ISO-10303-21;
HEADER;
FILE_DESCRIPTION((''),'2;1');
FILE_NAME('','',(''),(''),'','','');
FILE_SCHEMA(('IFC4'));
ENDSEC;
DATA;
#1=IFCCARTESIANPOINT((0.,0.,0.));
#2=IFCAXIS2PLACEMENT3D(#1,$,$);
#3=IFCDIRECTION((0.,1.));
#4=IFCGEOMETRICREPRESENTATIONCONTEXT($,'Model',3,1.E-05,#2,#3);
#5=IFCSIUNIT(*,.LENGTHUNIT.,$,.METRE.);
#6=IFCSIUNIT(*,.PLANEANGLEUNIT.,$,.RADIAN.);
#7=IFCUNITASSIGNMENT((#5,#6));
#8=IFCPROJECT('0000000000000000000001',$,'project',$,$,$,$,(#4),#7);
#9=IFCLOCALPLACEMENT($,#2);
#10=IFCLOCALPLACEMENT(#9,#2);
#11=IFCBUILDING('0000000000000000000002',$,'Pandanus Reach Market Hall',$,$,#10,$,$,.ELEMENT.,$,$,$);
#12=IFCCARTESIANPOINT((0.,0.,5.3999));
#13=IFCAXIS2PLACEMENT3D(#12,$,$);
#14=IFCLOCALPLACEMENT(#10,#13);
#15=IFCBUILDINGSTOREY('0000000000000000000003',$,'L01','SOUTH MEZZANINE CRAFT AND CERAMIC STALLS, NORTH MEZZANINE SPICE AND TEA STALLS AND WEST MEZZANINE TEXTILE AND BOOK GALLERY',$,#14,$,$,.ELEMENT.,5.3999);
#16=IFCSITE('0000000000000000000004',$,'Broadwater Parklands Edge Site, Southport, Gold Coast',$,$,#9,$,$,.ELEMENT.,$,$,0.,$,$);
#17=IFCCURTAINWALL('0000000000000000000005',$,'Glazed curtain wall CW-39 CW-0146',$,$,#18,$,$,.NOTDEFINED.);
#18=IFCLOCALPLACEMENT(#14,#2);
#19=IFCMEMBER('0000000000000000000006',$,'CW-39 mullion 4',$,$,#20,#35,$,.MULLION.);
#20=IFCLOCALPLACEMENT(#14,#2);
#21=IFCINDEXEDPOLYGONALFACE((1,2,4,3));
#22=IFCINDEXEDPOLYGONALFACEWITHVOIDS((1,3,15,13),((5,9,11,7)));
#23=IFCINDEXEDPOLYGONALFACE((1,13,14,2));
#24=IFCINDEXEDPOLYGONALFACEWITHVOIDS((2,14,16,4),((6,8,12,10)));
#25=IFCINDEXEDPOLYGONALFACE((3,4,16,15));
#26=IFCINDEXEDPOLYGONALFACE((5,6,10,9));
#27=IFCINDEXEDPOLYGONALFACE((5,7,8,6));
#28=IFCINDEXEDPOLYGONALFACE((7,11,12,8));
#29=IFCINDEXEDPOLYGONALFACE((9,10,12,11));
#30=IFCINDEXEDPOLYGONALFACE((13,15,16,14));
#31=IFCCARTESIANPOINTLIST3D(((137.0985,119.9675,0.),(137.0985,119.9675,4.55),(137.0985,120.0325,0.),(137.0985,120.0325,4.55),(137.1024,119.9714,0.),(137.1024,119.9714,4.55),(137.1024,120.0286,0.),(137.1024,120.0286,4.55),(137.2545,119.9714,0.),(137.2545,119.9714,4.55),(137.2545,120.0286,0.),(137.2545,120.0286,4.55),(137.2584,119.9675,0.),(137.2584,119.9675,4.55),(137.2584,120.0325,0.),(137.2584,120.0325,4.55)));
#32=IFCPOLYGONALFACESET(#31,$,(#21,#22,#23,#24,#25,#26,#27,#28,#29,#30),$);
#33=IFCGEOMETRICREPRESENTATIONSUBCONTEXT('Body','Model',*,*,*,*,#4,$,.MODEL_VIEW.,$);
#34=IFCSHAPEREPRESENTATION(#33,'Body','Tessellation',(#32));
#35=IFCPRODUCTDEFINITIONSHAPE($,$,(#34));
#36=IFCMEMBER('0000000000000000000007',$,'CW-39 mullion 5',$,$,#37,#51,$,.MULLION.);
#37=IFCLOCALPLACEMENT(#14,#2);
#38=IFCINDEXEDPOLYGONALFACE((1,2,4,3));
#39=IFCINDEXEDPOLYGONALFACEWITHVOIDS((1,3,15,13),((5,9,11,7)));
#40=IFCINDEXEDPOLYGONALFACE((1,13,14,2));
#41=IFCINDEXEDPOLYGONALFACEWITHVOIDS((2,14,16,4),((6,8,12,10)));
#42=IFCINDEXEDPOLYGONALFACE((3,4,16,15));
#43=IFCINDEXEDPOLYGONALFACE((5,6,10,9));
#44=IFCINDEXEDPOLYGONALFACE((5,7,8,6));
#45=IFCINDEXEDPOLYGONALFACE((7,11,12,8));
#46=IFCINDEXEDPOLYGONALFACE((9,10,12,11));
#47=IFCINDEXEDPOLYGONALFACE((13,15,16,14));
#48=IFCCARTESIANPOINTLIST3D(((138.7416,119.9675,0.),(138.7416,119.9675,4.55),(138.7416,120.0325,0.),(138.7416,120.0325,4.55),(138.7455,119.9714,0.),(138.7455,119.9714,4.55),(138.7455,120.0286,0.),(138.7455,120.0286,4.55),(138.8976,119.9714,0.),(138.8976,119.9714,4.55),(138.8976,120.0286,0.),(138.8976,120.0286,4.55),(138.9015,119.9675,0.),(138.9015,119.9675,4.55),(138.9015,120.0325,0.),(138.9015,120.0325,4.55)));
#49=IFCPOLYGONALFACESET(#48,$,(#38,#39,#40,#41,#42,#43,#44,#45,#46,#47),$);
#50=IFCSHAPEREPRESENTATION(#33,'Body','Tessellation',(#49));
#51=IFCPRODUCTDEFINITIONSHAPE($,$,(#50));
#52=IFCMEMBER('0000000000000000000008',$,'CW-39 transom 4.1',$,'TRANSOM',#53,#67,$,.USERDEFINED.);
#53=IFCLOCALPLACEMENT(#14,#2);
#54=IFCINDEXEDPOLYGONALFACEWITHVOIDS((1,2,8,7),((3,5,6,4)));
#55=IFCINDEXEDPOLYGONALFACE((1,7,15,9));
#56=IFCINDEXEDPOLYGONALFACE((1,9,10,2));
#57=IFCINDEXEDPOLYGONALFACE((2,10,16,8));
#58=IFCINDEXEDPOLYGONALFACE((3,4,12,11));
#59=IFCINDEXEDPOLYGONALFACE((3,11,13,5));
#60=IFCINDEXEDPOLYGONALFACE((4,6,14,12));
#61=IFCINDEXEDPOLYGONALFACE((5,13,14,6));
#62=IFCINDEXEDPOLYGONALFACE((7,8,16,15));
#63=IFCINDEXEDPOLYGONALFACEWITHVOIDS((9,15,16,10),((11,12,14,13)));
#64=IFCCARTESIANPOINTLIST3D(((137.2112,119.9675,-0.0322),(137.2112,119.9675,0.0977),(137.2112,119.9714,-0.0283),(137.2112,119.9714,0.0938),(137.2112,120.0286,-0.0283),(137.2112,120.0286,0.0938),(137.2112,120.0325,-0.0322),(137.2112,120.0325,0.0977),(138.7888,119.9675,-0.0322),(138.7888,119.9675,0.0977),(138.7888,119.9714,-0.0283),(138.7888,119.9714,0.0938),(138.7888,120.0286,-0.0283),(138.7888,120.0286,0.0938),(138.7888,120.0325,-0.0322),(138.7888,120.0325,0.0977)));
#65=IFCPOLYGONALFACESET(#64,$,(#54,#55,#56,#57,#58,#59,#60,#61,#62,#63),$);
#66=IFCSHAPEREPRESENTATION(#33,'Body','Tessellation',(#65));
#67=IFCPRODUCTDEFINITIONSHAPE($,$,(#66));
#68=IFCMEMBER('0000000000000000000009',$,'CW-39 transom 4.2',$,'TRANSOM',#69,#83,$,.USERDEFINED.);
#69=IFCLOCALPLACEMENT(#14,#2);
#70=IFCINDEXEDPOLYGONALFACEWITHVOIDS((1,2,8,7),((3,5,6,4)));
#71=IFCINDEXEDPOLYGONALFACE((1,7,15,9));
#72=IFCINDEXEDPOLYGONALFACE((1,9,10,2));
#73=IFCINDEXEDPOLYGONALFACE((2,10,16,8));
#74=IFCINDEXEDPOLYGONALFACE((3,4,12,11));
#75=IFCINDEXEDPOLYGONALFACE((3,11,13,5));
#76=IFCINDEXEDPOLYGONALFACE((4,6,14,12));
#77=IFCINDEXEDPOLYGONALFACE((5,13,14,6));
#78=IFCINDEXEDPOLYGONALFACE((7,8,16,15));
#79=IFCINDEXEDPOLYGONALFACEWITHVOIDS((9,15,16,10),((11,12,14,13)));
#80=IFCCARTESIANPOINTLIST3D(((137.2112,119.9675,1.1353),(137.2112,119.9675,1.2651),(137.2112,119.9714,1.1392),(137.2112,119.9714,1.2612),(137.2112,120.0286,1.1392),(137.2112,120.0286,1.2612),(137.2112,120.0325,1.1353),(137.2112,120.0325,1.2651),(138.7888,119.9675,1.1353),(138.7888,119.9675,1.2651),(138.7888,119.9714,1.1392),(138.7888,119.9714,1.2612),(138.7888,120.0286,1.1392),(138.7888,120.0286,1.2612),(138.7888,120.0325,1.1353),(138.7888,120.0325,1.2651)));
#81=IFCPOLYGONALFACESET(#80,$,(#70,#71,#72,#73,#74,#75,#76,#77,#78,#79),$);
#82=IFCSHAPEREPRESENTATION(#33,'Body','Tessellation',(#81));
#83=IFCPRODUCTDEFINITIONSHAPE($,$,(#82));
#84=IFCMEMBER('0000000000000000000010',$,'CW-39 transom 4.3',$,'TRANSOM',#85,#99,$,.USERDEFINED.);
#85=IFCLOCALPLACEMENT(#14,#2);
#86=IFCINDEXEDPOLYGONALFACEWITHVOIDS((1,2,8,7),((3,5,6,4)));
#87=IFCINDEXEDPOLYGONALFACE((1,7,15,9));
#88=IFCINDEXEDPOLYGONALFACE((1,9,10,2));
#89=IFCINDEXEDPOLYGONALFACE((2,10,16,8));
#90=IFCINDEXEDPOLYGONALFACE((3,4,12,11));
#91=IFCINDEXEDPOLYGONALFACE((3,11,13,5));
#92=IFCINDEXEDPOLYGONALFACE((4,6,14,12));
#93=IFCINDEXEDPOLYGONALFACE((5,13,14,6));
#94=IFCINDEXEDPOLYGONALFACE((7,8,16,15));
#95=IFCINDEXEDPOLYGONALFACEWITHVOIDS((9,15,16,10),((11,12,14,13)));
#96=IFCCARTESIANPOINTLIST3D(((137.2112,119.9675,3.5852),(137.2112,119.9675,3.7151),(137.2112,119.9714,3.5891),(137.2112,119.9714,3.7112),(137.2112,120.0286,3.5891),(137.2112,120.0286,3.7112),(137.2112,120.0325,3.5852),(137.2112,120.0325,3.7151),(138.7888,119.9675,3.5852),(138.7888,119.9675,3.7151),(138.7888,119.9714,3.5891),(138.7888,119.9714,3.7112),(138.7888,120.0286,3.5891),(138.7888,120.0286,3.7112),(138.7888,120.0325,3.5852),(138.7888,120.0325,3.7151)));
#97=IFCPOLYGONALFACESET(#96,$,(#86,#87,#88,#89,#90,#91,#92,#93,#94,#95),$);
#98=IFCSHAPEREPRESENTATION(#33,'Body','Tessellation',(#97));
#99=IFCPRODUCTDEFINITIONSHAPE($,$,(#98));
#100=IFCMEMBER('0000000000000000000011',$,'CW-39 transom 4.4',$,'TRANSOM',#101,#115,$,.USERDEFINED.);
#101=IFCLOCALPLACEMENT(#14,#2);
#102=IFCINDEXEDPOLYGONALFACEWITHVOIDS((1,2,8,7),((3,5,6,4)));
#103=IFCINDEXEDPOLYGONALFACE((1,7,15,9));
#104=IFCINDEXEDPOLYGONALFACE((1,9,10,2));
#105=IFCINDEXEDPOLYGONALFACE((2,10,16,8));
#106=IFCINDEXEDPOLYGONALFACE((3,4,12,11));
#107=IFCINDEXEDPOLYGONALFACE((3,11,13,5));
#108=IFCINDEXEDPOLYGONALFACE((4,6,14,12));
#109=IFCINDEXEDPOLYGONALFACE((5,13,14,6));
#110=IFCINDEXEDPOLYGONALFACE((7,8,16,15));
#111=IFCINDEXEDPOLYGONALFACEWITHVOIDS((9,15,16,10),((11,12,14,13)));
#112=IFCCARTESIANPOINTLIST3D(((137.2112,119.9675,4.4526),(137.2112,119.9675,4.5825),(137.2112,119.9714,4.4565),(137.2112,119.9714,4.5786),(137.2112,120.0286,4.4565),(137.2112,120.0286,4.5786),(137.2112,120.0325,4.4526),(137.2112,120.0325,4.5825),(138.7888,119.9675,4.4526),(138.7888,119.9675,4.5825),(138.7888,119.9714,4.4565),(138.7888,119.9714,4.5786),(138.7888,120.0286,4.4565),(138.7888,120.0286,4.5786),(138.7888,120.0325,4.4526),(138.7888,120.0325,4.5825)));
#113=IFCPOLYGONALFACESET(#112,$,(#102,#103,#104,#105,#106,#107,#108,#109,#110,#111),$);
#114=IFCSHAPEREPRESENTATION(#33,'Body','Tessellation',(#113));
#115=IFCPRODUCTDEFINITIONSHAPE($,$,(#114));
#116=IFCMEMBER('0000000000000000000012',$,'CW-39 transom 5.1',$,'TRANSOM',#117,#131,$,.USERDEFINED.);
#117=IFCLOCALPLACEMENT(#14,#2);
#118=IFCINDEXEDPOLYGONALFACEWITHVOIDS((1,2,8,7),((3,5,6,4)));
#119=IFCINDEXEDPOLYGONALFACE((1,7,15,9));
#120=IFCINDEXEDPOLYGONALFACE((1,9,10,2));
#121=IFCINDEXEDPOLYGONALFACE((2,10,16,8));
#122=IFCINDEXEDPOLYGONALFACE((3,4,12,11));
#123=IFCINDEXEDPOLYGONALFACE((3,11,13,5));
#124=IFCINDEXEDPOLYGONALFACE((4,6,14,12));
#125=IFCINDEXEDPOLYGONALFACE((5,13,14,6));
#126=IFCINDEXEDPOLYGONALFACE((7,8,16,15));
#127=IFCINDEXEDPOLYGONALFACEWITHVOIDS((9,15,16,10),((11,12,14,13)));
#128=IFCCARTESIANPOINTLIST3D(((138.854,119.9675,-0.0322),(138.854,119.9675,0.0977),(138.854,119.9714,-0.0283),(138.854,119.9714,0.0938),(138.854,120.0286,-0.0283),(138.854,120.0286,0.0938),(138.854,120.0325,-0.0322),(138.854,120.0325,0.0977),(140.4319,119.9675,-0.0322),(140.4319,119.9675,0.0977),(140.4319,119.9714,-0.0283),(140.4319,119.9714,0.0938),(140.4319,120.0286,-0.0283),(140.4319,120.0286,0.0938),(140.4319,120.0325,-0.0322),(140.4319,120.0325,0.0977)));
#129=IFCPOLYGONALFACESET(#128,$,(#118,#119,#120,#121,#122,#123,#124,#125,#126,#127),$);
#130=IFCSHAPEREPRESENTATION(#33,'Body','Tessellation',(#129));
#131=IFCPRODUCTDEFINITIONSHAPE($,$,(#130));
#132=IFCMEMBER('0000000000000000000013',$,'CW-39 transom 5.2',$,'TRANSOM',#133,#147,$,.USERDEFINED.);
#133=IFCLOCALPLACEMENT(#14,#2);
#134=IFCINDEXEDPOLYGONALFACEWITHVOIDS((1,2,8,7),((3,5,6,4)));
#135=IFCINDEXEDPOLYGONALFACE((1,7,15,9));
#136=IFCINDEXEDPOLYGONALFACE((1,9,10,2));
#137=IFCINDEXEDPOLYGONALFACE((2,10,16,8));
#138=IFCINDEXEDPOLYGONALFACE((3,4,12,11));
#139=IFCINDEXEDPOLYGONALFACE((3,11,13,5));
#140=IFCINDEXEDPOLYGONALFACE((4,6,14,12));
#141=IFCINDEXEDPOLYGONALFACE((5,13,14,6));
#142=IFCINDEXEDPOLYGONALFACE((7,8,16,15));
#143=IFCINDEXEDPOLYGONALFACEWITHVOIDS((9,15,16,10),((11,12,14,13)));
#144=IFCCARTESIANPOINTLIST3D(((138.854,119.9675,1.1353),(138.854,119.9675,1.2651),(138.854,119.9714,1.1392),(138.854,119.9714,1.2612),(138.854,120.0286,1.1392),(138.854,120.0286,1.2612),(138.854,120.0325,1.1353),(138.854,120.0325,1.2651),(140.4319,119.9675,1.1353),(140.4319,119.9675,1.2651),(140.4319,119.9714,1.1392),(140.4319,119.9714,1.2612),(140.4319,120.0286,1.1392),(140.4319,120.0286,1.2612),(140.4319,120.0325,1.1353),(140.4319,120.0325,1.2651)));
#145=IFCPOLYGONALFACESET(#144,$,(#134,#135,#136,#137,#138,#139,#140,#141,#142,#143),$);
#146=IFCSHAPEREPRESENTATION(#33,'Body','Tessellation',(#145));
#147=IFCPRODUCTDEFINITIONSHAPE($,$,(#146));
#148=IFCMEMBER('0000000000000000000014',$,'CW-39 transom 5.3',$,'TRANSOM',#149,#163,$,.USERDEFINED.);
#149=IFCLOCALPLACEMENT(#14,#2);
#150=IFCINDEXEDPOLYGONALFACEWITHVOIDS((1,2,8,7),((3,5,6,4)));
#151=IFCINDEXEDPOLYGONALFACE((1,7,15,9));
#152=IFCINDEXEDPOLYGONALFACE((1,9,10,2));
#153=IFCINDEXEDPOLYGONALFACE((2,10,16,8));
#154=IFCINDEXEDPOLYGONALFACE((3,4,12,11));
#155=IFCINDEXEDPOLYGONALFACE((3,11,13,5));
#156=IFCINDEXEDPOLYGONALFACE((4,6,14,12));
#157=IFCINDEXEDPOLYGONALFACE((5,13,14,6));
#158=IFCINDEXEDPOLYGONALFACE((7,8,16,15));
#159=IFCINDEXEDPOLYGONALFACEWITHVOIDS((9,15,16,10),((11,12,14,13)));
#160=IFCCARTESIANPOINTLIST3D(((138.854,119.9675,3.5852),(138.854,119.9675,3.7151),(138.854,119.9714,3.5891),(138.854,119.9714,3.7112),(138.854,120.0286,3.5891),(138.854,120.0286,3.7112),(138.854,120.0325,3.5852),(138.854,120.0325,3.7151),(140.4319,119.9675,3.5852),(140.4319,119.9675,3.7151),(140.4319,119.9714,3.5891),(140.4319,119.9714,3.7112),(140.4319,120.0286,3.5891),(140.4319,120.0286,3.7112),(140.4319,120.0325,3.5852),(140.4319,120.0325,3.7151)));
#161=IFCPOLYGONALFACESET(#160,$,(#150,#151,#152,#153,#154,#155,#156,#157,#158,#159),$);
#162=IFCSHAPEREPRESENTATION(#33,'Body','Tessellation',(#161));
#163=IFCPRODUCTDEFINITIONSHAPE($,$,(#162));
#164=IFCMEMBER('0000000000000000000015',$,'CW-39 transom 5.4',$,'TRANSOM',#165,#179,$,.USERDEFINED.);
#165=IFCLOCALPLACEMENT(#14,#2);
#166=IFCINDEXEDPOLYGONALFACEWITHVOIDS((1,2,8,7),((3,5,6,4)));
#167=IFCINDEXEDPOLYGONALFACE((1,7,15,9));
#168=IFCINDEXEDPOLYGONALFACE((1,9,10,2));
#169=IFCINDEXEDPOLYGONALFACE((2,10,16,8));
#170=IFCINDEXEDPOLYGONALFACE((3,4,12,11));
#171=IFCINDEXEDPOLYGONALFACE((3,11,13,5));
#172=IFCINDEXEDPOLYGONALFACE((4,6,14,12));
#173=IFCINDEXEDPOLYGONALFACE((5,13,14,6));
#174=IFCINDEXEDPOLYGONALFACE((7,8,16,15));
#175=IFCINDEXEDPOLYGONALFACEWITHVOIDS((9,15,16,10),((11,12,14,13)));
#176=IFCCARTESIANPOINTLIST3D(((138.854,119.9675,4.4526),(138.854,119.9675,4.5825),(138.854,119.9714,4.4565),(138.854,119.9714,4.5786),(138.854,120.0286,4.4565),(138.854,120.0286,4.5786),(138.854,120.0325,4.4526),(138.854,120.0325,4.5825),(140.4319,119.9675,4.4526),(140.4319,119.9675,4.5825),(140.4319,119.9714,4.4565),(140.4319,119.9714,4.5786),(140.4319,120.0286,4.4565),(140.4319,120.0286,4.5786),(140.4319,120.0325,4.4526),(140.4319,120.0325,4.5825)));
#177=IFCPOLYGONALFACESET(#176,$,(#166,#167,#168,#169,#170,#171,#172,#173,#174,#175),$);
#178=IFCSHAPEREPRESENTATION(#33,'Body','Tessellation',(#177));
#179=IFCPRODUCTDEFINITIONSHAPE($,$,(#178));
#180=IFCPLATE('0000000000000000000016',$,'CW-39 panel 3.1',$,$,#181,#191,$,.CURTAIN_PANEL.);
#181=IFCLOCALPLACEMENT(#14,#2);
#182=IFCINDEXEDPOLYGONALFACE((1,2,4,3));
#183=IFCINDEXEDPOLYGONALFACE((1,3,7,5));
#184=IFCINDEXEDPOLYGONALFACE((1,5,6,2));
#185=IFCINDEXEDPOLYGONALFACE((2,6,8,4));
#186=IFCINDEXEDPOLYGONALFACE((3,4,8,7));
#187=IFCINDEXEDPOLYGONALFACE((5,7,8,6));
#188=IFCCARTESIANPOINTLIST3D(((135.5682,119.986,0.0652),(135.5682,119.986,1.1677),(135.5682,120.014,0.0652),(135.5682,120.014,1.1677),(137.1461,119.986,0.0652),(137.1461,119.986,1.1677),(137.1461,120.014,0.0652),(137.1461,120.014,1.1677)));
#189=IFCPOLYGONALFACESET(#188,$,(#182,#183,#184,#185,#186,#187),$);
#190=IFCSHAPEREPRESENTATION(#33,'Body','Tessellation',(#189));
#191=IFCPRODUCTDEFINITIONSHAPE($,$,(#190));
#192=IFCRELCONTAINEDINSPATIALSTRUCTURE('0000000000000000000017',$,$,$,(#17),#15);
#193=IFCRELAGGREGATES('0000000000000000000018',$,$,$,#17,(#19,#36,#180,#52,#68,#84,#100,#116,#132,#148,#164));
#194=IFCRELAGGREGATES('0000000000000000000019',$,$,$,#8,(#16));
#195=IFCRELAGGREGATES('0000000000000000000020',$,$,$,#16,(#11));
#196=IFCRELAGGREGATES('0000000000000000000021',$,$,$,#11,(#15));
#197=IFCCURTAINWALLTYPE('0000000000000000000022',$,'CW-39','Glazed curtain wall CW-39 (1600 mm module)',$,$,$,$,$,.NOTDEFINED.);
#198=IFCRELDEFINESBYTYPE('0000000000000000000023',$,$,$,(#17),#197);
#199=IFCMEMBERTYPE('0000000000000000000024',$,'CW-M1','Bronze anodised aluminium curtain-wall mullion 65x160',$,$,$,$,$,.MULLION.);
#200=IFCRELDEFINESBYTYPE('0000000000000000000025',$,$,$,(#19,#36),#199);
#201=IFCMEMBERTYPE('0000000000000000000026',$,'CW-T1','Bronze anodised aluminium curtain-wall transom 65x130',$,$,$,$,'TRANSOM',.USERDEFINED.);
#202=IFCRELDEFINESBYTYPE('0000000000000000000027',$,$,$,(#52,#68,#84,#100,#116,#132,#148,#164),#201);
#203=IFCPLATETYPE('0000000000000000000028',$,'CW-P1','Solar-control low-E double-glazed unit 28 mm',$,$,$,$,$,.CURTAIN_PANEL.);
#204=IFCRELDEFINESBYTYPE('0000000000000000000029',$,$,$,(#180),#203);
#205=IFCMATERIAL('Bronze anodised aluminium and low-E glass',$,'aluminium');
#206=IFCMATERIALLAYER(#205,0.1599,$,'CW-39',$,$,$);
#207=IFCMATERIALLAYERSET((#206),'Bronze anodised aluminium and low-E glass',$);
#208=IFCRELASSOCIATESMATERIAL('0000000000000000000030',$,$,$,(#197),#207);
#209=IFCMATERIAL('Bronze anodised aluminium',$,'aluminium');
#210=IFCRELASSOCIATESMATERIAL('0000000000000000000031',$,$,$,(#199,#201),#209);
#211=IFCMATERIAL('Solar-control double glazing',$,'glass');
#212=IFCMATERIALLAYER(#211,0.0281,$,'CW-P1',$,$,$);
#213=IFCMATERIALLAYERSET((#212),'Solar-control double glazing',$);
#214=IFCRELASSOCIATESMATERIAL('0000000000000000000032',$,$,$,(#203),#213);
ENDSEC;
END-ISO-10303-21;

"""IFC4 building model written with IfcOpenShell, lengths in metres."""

from ifc_helpers import new_model, si_unit, direction, frame, origin, origin_2d, place, context, subcontext, project, spatial, rectangle, hollow_rectangle, extrude, material, layer, layer_set, material_profile, profile_set, type_object, element, aggregate, save


model = new_model("IFC4")

# Units and contexts
model_context = context("Model", 3, precision=1e-05, world=origin(), true_north=direction((0.0, 1.0)))
body_context = subcontext(model_context, "Body", "Model", "MODEL_VIEW")
ifc_project = project(units=[si_unit("LENGTHUNIT", "METRE"), si_unit("PLANEANGLEUNIT", "RADIAN")], contexts=[model_context])

# Site, building, storey
site_placement = place(None, origin())
site = spatial("IfcSite", under=ifc_project, at=site_placement, Name="Broadwater Parklands Edge Site, Southport, Gold Coast", CompositionType="ELEMENT", RefElevation=0.0)
building_placement = place(site_placement, origin())
building = spatial("IfcBuilding", under=site, at=building_placement, Name="Pandanus Reach Market Hall", CompositionType="ELEMENT")
storey_placement = place(building_placement, frame((0.0, 0.0, 5.3999)))
storey = spatial("IfcBuildingStorey", under=building, at=storey_placement, Name="L01", Description="SOUTH MEZZANINE CRAFT AND CERAMIC STALLS, NORTH MEZZANINE SPICE AND TEA STALLS AND WEST MEZZANINE TEXTILE AND BOOK GALLERY", CompositionType="ELEMENT", Elevation=5.3999)

# Curtain wall, members, plate
ifc_material_1 = material(Name="Bronze anodised aluminium and low-E glass", Category="aluminium")
ifc_layer_1 = layer(ifc_material_1, 0.1599, Name="CW-39")
ifc_layer_set_1 = layer_set([ifc_layer_1], Name="Bronze anodised aluminium and low-E glass")
curtain_wall_type = type_object("IfcCurtainWallType", Name="CW-39", Description="Glazed curtain wall CW-39 (1600 mm module)", PredefinedType="NOTDEFINED", material=ifc_layer_set_1)
curtain_wall_placement = place(storey_placement, origin())
curtain_wall = element("IfcCurtainWall", 1, at=curtain_wall_placement, inside=storey, type_object=curtain_wall_type, Name="Glazed curtain wall CW-39 CW-0146", PredefinedType="NOTDEFINED")
ifc_material_2 = material(Name="Bronze anodised aluminium", Category="aluminium")
ifc_material_profile_1 = material_profile(ifc_material_2, hollow_rectangle(XDim=0.0649, YDim=0.1599, WallThickness=0.0039, at=origin_2d()), Name="ALU65x160", Category="LoadBearing")
ifc_profile_set_1 = profile_set([ifc_material_profile_1], Name="Bronze anodised aluminium")
member_type_1 = type_object("IfcMemberType", Name="CW-M1", Description="Bronze anodised aluminium curtain-wall mullion 65x160", PredefinedType="MULLION", material=ifc_profile_set_1)
member_1_placement = place(storey_placement, frame((137.1785, 120.0, 0.0), z_axis=(0.0, 0.0, 1.0), x_axis=(0.0, 1.0, 0.0)))
member_1 = element("IfcMember", 2, at=member_1_placement, type_object=member_type_1, Name="CW-39 mullion 4", PredefinedType="MULLION", context=body_context, shape_type="SweptSolid", body=[
    extrude(hollow_rectangle(XDim=0.0649, YDim=0.1599, WallThickness=0.0039, at=origin_2d()), origin(), (0.0, 0.0, 1.0), 4.55),
])
member_2_placement = place(storey_placement, frame((138.8215, 120.0, 0.0), z_axis=(0.0, 0.0, 1.0), x_axis=(0.0, 1.0, 0.0)))
member_2 = element("IfcMember", 3, at=member_2_placement, type_object=member_type_1, Name="CW-39 mullion 5", PredefinedType="MULLION", context=body_context, shape_type="SweptSolid", body=[
    extrude(hollow_rectangle(XDim=0.0649, YDim=0.1599, WallThickness=0.0039, at=origin_2d()), origin(), (0.0, 0.0, 1.0), 4.55),
])
ifc_material_profile_2 = material_profile(ifc_material_2, hollow_rectangle(XDim=0.0649, YDim=0.1299, WallThickness=0.0039, at=origin_2d()), Name="ALU65x130", Category="LoadBearing")
ifc_profile_set_2 = profile_set([ifc_material_profile_2], Name="Bronze anodised aluminium")
member_type_2 = type_object("IfcMemberType", Name="CW-T1", Description="Bronze anodised aluminium curtain-wall transom 65x130", ElementType="TRANSOM", PredefinedType="USERDEFINED", material=ifc_profile_set_2)
member_3_placement = place(storey_placement, frame((137.2112, 120.0, 0.0327), z_axis=(1.0, 0.0, 0.0), x_axis=(0.0, 1.0, 0.0)))
member_3 = element("IfcMember", 4, at=member_3_placement, type_object=member_type_2, Name="CW-39 transom 4.1", ObjectType="TRANSOM", PredefinedType="USERDEFINED", context=body_context, shape_type="SweptSolid", body=[
    extrude(hollow_rectangle(XDim=0.0649, YDim=0.1299, WallThickness=0.0039, at=origin_2d()), origin(), (0.0, 0.0, 1.0), 1.5776),
])
member_4_placement = place(storey_placement, frame((137.2112, 120.0, 1.2002), z_axis=(1.0, 0.0, 0.0), x_axis=(0.0, 1.0, 0.0)))
member_4 = element("IfcMember", 5, at=member_4_placement, type_object=member_type_2, Name="CW-39 transom 4.2", ObjectType="TRANSOM", PredefinedType="USERDEFINED", context=body_context, shape_type="SweptSolid", body=[
    extrude(hollow_rectangle(XDim=0.0649, YDim=0.1299, WallThickness=0.0039, at=origin_2d()), origin(), (0.0, 0.0, 1.0), 1.5776),
])
member_5_placement = place(storey_placement, frame((137.2112, 120.0, 3.6501), z_axis=(1.0, 0.0, 0.0), x_axis=(0.0, 1.0, 0.0)))
member_5 = element("IfcMember", 6, at=member_5_placement, type_object=member_type_2, Name="CW-39 transom 4.3", ObjectType="TRANSOM", PredefinedType="USERDEFINED", context=body_context, shape_type="SweptSolid", body=[
    extrude(hollow_rectangle(XDim=0.0649, YDim=0.1299, WallThickness=0.0039, at=origin_2d()), origin(), (0.0, 0.0, 1.0), 1.5776),
])
member_6_placement = place(storey_placement, frame((137.2112, 120.0, 4.5176), z_axis=(1.0, 0.0, 0.0), x_axis=(0.0, 1.0, 0.0)))
member_6 = element("IfcMember", 7, at=member_6_placement, type_object=member_type_2, Name="CW-39 transom 4.4", ObjectType="TRANSOM", PredefinedType="USERDEFINED", context=body_context, shape_type="SweptSolid", body=[
    extrude(hollow_rectangle(XDim=0.0649, YDim=0.1299, WallThickness=0.0039, at=origin_2d()), origin(), (0.0, 0.0, 1.0), 1.5776),
])
member_7_placement = place(storey_placement, frame((138.854, 120.0, 0.0327), z_axis=(1.0, 0.0, 0.0), x_axis=(0.0, 1.0, 0.0)))
member_7 = element("IfcMember", 8, at=member_7_placement, type_object=member_type_2, Name="CW-39 transom 5.1", ObjectType="TRANSOM", PredefinedType="USERDEFINED", context=body_context, shape_type="SweptSolid", body=[
    extrude(hollow_rectangle(XDim=0.0649, YDim=0.1299, WallThickness=0.0039, at=origin_2d()), origin(), (0.0, 0.0, 1.0), 1.5779),
])
member_8_placement = place(storey_placement, frame((138.854, 120.0, 1.2002), z_axis=(1.0, 0.0, 0.0), x_axis=(0.0, 1.0, 0.0)))
member_8 = element("IfcMember", 9, at=member_8_placement, type_object=member_type_2, Name="CW-39 transom 5.2", ObjectType="TRANSOM", PredefinedType="USERDEFINED", context=body_context, shape_type="SweptSolid", body=[
    extrude(hollow_rectangle(XDim=0.0649, YDim=0.1299, WallThickness=0.0039, at=origin_2d()), origin(), (0.0, 0.0, 1.0), 1.5779),
])
member_9_placement = place(storey_placement, frame((138.854, 120.0, 3.6501), z_axis=(1.0, 0.0, 0.0), x_axis=(0.0, 1.0, 0.0)))
member_9 = element("IfcMember", 10, at=member_9_placement, type_object=member_type_2, Name="CW-39 transom 5.3", ObjectType="TRANSOM", PredefinedType="USERDEFINED", context=body_context, shape_type="SweptSolid", body=[
    extrude(hollow_rectangle(XDim=0.0649, YDim=0.1299, WallThickness=0.0039, at=origin_2d()), origin(), (0.0, 0.0, 1.0), 1.5779),
])
member_10_placement = place(storey_placement, frame((138.854, 120.0, 4.5176), z_axis=(1.0, 0.0, 0.0), x_axis=(0.0, 1.0, 0.0)))
member_10 = element("IfcMember", 11, at=member_10_placement, type_object=member_type_2, Name="CW-39 transom 5.4", ObjectType="TRANSOM", PredefinedType="USERDEFINED", context=body_context, shape_type="SweptSolid", body=[
    extrude(hollow_rectangle(XDim=0.0649, YDim=0.1299, WallThickness=0.0039, at=origin_2d()), origin(), (0.0, 0.0, 1.0), 1.5779),
])
ifc_material_3 = material(Name="Solar-control double glazing", Category="glass")
ifc_layer_2 = layer(ifc_material_3, 0.0281, Name="CW-P1")
ifc_layer_set_2 = layer_set([ifc_layer_2], Name="Solar-control double glazing")
plate_type = type_object("IfcPlateType", Name="CW-P1", Description="Solar-control low-E double-glazed unit 28 mm", PredefinedType="CURTAIN_PANEL", material=ifc_layer_set_2)
plate_1_placement = place(storey_placement, frame((136.3572, 120.0, 0.0652), z_axis=(0.0, 0.0, 1.0), x_axis=(1.0, 0.0, 0.0)))
plate_1 = element("IfcPlate", 12, at=plate_1_placement, type_object=plate_type, Name="CW-39 panel 3.1", PredefinedType="CURTAIN_PANEL", context=body_context, shape_type="SweptSolid", body=[
    extrude(rectangle(XDim=1.5779, YDim=0.0281, at=origin_2d()), origin(), (0.0, 0.0, 1.0), 1.1025),
])
aggregate(curtain_wall, [member_1, member_2, plate_1, member_3, member_4, member_5, member_6, member_7, member_8, member_9, member_10])

save(model, "model.ifc")
